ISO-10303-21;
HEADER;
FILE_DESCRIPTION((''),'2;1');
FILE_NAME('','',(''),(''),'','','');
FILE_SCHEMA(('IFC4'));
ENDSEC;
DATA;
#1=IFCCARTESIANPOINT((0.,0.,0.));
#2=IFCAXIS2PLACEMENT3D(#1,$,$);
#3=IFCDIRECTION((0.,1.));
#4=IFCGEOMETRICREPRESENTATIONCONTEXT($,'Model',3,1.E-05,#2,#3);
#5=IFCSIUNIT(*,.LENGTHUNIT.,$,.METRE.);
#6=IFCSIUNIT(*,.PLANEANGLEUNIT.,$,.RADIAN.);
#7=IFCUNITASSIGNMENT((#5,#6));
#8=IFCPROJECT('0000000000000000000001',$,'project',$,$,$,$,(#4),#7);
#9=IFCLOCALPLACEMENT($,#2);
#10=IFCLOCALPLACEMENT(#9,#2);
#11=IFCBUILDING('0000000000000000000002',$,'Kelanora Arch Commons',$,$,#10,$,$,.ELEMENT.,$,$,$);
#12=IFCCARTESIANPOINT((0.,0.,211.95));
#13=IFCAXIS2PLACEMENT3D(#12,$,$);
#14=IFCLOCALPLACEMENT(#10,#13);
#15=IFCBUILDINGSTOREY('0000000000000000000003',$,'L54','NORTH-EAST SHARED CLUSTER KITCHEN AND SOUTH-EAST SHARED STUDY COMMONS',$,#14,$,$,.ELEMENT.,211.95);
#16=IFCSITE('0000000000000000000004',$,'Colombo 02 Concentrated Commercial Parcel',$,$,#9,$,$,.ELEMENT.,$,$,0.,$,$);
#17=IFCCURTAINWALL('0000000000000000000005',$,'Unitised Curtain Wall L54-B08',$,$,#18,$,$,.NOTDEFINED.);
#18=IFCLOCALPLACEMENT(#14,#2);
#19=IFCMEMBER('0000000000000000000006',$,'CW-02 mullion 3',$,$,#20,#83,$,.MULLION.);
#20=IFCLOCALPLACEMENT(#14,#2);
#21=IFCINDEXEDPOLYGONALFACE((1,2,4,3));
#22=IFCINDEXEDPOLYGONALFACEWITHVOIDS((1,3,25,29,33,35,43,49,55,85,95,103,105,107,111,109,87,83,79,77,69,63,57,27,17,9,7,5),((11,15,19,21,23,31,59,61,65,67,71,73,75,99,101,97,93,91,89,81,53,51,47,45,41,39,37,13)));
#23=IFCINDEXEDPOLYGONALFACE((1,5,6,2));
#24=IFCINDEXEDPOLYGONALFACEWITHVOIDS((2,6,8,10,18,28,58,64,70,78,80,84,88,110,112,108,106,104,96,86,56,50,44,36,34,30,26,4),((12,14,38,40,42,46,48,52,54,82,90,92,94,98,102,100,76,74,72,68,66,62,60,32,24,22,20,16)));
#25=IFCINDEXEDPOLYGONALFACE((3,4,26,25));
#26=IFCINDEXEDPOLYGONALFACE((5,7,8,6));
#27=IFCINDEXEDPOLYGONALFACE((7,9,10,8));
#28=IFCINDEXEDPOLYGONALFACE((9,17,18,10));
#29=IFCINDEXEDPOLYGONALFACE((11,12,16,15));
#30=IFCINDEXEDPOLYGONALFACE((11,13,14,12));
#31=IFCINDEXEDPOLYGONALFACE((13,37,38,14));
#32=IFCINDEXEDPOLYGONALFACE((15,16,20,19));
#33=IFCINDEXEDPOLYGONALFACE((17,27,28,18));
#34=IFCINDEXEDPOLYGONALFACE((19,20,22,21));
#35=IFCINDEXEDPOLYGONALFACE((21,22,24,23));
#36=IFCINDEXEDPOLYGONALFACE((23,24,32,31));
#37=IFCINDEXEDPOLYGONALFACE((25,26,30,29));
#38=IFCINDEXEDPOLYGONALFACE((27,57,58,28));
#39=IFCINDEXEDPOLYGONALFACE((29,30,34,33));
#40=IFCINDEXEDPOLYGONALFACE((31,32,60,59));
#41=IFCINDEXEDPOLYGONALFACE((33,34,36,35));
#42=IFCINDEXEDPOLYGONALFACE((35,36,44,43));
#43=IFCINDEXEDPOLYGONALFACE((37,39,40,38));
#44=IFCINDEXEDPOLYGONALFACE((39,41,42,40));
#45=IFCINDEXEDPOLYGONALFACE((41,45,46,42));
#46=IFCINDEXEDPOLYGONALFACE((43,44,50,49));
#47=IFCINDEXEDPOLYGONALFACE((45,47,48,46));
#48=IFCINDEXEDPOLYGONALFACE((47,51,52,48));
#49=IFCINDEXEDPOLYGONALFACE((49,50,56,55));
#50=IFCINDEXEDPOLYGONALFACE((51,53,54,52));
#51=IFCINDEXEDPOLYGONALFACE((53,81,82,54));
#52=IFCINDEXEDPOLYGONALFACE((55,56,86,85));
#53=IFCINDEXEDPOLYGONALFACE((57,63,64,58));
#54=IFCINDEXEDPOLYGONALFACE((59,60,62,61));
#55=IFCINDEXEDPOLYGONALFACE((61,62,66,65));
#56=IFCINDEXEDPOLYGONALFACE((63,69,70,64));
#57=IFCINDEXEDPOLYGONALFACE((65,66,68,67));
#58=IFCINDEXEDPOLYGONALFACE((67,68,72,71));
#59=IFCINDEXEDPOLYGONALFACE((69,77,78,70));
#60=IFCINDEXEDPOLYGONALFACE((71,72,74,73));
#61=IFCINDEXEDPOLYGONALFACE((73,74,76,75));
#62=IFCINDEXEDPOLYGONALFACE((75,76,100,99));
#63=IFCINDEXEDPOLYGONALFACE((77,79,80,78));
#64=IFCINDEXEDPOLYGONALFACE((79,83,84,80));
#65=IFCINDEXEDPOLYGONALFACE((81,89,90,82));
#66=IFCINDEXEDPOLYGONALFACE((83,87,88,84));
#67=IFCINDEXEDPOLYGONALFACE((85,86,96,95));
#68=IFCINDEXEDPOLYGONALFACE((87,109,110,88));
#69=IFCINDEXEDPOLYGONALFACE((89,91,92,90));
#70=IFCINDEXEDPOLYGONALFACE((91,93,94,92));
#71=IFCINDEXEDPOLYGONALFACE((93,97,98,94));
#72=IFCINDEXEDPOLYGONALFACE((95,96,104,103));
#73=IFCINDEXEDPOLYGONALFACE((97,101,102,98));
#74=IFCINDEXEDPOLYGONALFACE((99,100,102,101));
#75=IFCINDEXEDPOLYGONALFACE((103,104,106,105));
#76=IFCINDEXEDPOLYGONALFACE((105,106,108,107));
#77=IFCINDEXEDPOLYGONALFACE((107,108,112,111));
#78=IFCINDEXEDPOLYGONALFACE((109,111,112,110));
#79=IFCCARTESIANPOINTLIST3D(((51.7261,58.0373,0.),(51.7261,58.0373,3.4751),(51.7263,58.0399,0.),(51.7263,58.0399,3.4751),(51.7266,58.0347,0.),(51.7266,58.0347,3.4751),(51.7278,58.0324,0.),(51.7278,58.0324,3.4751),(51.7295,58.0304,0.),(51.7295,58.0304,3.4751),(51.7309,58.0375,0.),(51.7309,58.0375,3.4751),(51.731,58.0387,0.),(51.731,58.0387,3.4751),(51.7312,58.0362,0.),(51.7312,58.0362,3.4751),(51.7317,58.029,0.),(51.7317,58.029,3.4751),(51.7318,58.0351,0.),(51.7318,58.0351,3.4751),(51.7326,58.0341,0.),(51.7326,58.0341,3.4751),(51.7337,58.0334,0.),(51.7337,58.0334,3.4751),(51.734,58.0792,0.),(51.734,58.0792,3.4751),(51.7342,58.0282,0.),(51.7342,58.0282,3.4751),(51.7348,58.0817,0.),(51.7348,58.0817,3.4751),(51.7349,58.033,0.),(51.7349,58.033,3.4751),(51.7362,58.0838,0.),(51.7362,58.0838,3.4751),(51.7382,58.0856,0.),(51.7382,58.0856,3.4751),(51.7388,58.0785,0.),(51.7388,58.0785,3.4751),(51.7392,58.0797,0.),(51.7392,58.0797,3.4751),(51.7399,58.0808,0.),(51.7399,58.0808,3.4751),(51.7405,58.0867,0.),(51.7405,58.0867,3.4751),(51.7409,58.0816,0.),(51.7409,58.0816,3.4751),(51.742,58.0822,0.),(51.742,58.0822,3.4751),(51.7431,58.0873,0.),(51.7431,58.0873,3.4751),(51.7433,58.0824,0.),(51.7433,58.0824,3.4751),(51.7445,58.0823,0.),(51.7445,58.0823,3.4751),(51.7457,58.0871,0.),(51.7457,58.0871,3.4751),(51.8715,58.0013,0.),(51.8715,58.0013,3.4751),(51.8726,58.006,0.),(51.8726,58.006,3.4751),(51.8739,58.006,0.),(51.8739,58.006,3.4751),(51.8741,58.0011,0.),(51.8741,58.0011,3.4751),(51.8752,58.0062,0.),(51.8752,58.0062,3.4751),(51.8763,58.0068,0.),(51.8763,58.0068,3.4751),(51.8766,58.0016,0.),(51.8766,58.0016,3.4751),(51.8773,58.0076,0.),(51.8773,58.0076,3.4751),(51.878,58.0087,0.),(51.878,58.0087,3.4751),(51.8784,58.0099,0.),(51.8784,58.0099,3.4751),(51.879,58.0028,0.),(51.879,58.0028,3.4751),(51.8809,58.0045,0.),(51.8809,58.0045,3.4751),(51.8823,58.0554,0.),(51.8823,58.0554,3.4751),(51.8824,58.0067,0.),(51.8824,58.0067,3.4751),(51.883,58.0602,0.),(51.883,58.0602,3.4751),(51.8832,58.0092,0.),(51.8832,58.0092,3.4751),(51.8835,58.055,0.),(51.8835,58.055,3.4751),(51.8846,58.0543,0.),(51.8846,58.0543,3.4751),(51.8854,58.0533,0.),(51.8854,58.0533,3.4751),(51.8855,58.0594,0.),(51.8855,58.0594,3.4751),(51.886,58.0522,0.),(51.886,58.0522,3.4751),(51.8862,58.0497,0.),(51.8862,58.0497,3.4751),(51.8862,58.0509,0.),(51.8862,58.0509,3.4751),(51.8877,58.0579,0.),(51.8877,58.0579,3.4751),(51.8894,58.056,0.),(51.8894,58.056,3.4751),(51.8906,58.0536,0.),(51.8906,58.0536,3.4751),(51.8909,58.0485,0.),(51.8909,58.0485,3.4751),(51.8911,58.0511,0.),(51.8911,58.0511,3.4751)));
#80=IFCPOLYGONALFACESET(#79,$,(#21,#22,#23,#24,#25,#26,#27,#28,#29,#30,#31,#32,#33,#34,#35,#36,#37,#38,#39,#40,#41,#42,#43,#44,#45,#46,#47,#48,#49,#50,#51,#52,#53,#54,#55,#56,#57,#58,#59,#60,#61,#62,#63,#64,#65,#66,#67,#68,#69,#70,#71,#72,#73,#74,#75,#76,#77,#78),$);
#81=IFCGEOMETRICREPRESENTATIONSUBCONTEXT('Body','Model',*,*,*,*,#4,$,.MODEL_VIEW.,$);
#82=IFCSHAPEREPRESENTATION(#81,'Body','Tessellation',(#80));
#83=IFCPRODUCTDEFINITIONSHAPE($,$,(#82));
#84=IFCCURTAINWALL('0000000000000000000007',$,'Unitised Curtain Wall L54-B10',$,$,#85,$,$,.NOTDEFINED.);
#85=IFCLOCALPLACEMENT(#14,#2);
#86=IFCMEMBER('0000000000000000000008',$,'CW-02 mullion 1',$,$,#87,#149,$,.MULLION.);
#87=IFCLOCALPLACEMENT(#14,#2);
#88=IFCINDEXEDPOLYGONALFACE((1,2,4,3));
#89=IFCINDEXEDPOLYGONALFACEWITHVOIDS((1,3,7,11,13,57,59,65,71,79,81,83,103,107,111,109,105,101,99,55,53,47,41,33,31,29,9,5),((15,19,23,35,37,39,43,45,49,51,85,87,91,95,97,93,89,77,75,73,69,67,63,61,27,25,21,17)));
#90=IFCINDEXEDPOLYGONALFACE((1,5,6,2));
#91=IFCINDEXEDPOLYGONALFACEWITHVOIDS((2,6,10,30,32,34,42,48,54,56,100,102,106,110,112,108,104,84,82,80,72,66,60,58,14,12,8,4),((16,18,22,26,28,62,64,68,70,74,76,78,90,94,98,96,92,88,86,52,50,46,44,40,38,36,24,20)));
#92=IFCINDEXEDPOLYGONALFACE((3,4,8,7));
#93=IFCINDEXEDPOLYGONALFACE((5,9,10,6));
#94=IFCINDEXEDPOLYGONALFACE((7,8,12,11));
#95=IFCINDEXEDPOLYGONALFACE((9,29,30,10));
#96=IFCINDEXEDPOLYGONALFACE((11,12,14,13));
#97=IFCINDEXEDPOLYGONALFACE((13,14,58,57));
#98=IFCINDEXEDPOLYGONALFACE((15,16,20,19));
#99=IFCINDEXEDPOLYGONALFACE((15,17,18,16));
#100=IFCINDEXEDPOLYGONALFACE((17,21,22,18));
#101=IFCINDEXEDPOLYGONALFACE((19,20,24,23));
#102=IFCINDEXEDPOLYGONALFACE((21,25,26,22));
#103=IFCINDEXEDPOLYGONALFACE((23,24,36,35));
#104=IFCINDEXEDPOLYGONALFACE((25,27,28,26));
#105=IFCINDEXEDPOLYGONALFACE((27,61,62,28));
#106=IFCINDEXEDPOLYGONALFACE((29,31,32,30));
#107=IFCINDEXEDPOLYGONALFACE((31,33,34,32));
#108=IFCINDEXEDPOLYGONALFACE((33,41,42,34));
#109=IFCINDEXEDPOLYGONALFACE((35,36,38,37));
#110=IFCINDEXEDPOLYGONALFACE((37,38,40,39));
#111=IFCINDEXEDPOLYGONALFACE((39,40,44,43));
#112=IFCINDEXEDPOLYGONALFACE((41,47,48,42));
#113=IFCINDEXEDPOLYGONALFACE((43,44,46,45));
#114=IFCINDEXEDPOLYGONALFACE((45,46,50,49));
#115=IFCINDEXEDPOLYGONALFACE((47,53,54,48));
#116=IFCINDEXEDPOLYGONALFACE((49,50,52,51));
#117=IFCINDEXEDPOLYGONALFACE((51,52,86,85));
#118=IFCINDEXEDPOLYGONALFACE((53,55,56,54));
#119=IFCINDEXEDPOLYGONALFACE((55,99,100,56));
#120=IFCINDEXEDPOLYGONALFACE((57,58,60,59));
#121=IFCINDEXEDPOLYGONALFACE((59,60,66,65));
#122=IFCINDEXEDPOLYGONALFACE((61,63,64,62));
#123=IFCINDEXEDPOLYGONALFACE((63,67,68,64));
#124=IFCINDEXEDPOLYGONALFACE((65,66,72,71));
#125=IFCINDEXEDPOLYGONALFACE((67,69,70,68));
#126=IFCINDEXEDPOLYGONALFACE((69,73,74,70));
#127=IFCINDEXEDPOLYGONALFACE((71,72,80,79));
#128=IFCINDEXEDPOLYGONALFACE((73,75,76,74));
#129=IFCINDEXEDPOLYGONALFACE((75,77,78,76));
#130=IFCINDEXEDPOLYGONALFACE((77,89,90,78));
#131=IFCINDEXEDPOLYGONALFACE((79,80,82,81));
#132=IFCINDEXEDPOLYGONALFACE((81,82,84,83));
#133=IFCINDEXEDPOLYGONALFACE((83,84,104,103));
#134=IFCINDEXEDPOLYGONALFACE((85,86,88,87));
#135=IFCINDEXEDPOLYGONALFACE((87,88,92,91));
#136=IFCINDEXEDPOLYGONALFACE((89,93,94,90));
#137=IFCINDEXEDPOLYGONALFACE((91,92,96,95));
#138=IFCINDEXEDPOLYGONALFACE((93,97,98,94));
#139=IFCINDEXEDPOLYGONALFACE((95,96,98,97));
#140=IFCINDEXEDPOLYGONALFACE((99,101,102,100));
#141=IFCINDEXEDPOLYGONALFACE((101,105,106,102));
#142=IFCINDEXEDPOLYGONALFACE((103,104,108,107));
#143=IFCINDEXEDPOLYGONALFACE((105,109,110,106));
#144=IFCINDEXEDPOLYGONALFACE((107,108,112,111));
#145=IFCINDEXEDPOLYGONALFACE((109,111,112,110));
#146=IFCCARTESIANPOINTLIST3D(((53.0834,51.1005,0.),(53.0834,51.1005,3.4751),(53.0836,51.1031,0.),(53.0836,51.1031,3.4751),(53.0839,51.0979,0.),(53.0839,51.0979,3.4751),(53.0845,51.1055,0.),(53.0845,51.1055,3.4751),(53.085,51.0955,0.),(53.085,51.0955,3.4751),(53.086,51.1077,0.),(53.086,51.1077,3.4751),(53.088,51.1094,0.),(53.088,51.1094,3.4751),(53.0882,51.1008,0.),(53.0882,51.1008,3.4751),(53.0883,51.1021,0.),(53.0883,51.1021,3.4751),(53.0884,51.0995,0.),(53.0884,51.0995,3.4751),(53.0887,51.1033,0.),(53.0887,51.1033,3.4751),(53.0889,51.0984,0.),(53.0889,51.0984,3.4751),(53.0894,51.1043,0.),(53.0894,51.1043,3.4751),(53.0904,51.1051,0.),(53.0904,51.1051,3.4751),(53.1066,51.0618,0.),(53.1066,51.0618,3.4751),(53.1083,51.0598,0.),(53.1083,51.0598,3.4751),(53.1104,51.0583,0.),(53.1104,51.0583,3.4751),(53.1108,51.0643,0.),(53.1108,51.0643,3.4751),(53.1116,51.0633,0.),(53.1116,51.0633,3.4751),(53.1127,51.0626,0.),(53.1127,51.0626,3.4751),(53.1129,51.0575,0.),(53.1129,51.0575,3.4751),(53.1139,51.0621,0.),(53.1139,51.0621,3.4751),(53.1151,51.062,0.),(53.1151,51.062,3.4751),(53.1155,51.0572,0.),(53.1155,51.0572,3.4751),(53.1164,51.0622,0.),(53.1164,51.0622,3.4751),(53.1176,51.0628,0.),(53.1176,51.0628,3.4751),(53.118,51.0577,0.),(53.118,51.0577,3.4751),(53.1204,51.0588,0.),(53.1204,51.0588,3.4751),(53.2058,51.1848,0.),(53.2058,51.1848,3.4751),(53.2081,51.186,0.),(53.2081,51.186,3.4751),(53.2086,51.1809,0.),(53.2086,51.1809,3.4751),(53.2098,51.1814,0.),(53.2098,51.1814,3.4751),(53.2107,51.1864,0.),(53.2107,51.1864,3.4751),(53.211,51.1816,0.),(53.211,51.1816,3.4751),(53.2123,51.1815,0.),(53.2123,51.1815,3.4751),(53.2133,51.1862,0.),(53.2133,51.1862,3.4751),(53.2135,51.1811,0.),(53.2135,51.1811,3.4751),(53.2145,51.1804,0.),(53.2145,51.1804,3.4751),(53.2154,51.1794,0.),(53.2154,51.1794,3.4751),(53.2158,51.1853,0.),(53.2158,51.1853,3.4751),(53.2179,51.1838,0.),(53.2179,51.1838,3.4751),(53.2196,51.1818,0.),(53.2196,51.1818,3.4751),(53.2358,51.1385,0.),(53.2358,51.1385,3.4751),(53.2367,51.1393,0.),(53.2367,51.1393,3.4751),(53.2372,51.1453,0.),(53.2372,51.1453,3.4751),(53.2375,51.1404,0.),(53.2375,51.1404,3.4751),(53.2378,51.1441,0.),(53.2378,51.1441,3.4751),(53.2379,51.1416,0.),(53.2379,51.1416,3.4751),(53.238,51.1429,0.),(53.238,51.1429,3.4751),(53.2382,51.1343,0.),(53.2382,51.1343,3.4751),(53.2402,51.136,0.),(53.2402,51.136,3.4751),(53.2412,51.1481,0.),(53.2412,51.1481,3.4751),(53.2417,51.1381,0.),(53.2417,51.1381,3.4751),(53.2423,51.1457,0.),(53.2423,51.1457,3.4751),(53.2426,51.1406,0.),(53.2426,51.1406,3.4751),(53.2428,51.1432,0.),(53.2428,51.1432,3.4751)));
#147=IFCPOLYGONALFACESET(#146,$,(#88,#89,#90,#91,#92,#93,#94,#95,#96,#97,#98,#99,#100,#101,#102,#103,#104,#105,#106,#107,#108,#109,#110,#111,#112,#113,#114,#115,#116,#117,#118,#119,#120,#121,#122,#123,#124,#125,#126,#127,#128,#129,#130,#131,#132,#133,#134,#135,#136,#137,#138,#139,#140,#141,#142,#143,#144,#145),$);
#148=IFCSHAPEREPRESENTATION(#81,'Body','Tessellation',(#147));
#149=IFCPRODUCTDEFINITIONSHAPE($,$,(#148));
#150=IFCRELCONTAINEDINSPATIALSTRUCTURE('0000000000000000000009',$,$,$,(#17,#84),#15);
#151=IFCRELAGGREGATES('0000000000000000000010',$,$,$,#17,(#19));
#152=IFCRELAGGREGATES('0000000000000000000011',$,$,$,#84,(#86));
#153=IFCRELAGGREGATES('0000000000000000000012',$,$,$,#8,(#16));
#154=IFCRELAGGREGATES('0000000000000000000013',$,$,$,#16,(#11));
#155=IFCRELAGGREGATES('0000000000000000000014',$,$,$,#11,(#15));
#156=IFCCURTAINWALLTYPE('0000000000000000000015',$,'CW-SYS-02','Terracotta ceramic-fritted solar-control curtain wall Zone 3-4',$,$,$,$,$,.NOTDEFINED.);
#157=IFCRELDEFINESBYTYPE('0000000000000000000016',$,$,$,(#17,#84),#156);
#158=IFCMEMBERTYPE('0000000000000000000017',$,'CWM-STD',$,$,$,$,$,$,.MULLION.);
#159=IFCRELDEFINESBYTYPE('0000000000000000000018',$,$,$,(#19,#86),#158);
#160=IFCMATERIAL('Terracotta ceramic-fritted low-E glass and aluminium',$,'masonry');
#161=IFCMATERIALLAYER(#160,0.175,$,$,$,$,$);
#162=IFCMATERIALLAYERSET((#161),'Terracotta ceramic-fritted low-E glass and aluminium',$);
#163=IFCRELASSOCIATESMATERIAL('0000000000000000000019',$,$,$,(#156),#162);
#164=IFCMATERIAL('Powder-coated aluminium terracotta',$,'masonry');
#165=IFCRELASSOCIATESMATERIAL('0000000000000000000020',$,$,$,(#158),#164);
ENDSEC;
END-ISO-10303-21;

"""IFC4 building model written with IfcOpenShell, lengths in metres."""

from ifc_helpers import new_model, si_unit, direction, frame, origin, origin_2d, place, context, subcontext, project, spatial, hollow_rectangle, extrude, material, layer, layer_set, material_profile, profile_set, type_object, element, aggregate, save


model = new_model("IFC4")

# Units and contexts
model_context = context("Model", 3, precision=1e-05, world=origin(), true_north=direction((0.0, 1.0)))
body_context = subcontext(model_context, "Body", "Model", "MODEL_VIEW")
ifc_project = project(units=[si_unit("LENGTHUNIT", "METRE"), si_unit("PLANEANGLEUNIT", "RADIAN")], contexts=[model_context])

# Site, building, storey
site_placement = place(None, origin())
site = spatial("IfcSite", under=ifc_project, at=site_placement, Name="Colombo 02 Concentrated Commercial Parcel", CompositionType="ELEMENT", RefElevation=0.0)
building_placement = place(site_placement, origin())
building = spatial("IfcBuilding", under=site, at=building_placement, Name="Kelanora Arch Commons", CompositionType="ELEMENT")
storey_placement = place(building_placement, frame((0.0, 0.0, 211.95)))
storey = spatial("IfcBuildingStorey", under=building, at=storey_placement, Name="L54", Description="NORTH-EAST SHARED CLUSTER KITCHEN AND SOUTH-EAST SHARED STUDY COMMONS", CompositionType="ELEMENT", Elevation=211.95)

# Curtain wall, member
ifc_material_1 = material(Name="Terracotta ceramic-fritted low-E glass and aluminium", Category="masonry")
ifc_layer_1 = layer(ifc_material_1, 0.175)
ifc_layer_set_1 = layer_set([ifc_layer_1], Name="Terracotta ceramic-fritted low-E glass and aluminium")
curtain_wall_type = type_object("IfcCurtainWallType", Name="CW-SYS-02", Description="Terracotta ceramic-fritted solar-control curtain wall Zone 3-4", PredefinedType="NOTDEFINED", material=ifc_layer_set_1)
curtain_wall_1_placement = place(storey_placement, origin())
curtain_wall_1 = element("IfcCurtainWall", 1, at=curtain_wall_1_placement, inside=storey, type_object=curtain_wall_type, Name="Unitised Curtain Wall L54-B08", PredefinedType="NOTDEFINED")
ifc_material_2 = material(Name="Powder-coated aluminium terracotta", Category="masonry")
ifc_material_profile_1 = material_profile(ifc_material_2, hollow_rectangle(XDim=0.1599, YDim=0.0601, WallThickness=0.0049, InnerFilletRadius=0.0049, OuterFilletRadius=0.01, at=origin_2d()), Name="CWM160x60")
ifc_profile_set_1 = profile_set([ifc_material_profile_1], Name="Powder-coated aluminium terracotta")
member_type_1 = type_object("IfcMemberType", Name="CWM-STD", PredefinedType="MULLION", material=ifc_profile_set_1)
member_1_placement = place(storey_placement, frame((51.8086, 58.0442, 0.0), z_axis=(0.0, 0.0, 1.0), x_axis=(0.981381, -0.192069, 0.0)))
member_1 = element("IfcMember", 2, at=member_1_placement, type_object=member_type_1, Name="CW-02 mullion 3", PredefinedType="MULLION", context=body_context, shape_type="SweptSolid", body=[
    extrude(hollow_rectangle(XDim=0.1599, YDim=0.0601, WallThickness=0.0049, InnerFilletRadius=0.0049, OuterFilletRadius=0.01, at=origin_2d()), origin(), (0.0, 0.0, 1.0), 3.4751),
])
aggregate(curtain_wall_1, [member_1])

# Curtain wall, member
curtain_wall_2_placement = place(storey_placement, origin())
curtain_wall_2 = element("IfcCurtainWall", 3, at=curtain_wall_2_placement, inside=storey, type_object=curtain_wall_type, Name="Unitised Curtain Wall L54-B10", PredefinedType="NOTDEFINED")
member_2_placement = place(storey_placement, frame((53.1631, 51.1218, 0.0), z_axis=(0.0, 0.0, 1.0), x_axis=(0.841948, 0.539559, 0.0)))
member_2 = element("IfcMember", 4, at=member_2_placement, type_object=member_type_1, Name="CW-02 mullion 1", PredefinedType="MULLION", context=body_context, shape_type="SweptSolid", body=[
    extrude(hollow_rectangle(XDim=0.1599, YDim=0.0601, WallThickness=0.0049, InnerFilletRadius=0.0049, OuterFilletRadius=0.01, at=origin_2d()), origin(), (0.0, 0.0, 1.0), 3.4751),
])

aggregate(curtain_wall_2, [member_2])

save(model, "model.ifc")
